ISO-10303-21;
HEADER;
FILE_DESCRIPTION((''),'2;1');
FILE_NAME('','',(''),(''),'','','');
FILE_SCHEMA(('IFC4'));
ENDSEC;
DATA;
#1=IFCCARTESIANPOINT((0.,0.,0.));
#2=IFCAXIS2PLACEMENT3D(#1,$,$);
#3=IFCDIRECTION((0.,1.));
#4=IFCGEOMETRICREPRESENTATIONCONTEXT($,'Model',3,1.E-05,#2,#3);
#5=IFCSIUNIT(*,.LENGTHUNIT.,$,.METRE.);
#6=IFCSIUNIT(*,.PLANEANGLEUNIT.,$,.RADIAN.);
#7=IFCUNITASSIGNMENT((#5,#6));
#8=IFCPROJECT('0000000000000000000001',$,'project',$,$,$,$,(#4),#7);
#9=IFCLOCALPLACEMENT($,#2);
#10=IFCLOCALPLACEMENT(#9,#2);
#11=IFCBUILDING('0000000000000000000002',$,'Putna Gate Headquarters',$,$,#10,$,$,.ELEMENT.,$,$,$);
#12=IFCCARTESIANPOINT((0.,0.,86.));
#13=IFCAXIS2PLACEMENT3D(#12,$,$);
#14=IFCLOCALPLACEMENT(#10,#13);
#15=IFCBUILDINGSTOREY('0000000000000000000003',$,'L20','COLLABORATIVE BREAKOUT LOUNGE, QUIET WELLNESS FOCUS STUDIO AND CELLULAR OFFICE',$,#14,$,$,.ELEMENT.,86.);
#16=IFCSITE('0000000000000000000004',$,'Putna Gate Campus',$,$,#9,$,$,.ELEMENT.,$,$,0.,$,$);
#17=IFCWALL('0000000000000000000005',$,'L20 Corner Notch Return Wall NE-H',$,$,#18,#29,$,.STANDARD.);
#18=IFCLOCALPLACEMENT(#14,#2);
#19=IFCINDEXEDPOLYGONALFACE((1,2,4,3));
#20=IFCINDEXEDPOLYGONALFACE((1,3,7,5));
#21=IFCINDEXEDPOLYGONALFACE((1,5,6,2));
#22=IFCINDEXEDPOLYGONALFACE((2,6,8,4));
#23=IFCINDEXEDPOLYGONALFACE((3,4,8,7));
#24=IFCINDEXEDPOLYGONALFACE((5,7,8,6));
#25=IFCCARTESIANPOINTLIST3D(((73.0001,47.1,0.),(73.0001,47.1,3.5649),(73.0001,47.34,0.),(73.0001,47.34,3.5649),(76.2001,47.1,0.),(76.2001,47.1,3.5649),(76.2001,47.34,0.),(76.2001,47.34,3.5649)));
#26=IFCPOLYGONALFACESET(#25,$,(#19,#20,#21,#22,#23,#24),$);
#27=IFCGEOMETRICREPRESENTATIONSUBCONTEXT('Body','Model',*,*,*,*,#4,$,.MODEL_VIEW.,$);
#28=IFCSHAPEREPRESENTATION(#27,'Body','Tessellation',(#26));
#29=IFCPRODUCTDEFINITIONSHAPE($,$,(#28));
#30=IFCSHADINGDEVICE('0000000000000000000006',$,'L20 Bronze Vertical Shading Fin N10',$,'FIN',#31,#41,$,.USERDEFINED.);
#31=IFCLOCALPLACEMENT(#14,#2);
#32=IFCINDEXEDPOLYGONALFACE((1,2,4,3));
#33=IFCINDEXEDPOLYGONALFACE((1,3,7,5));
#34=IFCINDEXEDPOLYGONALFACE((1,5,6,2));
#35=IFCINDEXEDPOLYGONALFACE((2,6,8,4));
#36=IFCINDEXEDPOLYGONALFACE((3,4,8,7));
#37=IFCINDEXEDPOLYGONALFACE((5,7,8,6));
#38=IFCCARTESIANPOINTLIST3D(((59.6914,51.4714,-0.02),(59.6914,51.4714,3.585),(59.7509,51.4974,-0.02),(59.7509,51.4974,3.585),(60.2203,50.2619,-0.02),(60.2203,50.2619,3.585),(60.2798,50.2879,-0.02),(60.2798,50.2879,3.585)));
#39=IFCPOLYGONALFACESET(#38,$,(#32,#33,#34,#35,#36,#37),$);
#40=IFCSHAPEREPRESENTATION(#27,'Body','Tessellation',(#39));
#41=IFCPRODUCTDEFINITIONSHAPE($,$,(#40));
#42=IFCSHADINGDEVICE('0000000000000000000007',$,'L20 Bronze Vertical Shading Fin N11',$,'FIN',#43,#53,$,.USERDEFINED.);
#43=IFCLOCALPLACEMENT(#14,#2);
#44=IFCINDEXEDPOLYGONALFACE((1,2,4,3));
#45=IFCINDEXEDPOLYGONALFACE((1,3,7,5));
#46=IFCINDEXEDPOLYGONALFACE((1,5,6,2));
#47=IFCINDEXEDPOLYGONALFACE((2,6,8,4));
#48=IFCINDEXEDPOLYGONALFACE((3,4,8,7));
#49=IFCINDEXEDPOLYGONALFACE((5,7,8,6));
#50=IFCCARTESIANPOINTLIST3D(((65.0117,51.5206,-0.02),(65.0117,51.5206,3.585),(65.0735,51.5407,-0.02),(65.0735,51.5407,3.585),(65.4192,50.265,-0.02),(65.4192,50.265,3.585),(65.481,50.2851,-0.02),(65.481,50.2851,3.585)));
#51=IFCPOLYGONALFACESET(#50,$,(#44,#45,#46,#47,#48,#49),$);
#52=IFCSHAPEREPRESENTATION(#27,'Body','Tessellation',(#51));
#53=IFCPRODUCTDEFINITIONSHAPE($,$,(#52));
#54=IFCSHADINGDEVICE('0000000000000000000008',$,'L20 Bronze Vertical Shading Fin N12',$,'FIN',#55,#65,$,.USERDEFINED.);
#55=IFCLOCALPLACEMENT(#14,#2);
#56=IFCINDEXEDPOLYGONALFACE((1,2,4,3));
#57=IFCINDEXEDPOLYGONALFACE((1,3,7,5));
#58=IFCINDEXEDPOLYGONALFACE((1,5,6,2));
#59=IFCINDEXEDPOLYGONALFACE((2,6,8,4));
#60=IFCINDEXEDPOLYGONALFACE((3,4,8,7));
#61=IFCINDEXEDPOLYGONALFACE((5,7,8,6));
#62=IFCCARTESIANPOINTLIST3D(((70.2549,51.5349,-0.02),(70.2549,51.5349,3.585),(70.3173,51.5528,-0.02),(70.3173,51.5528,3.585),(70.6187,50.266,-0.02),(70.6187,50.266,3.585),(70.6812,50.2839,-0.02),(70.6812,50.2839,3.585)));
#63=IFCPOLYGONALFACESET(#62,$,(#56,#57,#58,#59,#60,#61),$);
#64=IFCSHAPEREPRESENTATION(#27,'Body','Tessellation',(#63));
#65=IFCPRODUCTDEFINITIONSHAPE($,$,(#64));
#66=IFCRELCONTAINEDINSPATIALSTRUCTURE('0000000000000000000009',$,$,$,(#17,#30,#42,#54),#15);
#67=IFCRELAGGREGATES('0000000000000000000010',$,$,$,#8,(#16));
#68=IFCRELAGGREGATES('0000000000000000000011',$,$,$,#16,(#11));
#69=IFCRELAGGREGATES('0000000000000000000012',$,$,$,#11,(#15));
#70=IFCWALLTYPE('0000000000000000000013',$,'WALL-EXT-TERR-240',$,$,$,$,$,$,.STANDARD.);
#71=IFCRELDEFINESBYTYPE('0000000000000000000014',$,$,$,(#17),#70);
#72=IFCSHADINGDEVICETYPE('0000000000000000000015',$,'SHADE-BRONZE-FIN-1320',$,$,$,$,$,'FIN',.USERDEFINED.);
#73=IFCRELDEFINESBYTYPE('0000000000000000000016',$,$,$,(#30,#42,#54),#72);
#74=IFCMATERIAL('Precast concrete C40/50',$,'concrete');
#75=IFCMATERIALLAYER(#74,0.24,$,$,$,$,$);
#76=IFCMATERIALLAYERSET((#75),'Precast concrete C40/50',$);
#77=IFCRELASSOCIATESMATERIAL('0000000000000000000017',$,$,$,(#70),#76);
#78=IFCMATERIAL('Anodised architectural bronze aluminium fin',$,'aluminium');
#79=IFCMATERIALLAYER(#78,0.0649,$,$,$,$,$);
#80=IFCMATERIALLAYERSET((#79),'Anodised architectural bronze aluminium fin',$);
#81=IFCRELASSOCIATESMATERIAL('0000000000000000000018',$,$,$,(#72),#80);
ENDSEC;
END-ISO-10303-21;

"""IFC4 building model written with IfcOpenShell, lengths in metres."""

from ifc_helpers import new_model, si_unit, direction, frame, frame_2d, origin, origin_2d, place, context, subcontext, project, spatial, rectangle, extrude, material, layer, layer_set, type_object, element, save


model = new_model("IFC4")

# Units and contexts
model_context = context("Model", 3, precision=1e-05, world=origin(), true_north=direction((0.0, 1.0)))
body_context = subcontext(model_context, "Body", "Model", "MODEL_VIEW")
ifc_project = project(units=[si_unit("LENGTHUNIT", "METRE"), si_unit("PLANEANGLEUNIT", "RADIAN")], contexts=[model_context])

# Site, building, storey
site_placement = place(None, origin())
site = spatial("IfcSite", under=ifc_project, at=site_placement, Name="Putna Gate Campus", CompositionType="ELEMENT", RefElevation=0.0)
building_placement = place(site_placement, origin())
building = spatial("IfcBuilding", under=site, at=building_placement, Name="Putna Gate Headquarters", CompositionType="ELEMENT")
storey_placement = place(building_placement, frame((0.0, 0.0, 86.0)))
storey = spatial("IfcBuildingStorey", under=building, at=storey_placement, Name="L20", Description="COLLABORATIVE BREAKOUT LOUNGE, QUIET WELLNESS FOCUS STUDIO AND CELLULAR OFFICE", CompositionType="ELEMENT", Elevation=86.0)

# Wall
ifc_material_1 = material(Name="Precast concrete C40/50", Category="concrete")
ifc_layer_1 = layer(ifc_material_1, 0.24)
ifc_layer_set_1 = layer_set([ifc_layer_1], Name="Precast concrete C40/50")
wall_type = type_object("IfcWallType", Name="WALL-EXT-TERR-240", PredefinedType="STANDARD", material=ifc_layer_set_1)
for number, where, z_axis, x_axis, name in (
    (1, (73.0, 47.22, 0.0), (0.0, 0.0, 1.0), (1.0, 0.0, 0.0), "L20 Corner Notch Return Wall NE-H"),
):
    element("IfcWall", number, at=place(storey_placement, frame(where, z_axis=z_axis, x_axis=x_axis)), inside=storey, type_object=wall_type, Name=name, PredefinedType="STANDARD", context=body_context, shape_type="SweptSolid", body=[
        extrude(rectangle(XDim=3.2, YDim=0.24, at=frame_2d((1.6001, 0.0))), origin(), (0.0, 0.0, 1.0), 3.5649),
    ])

# Shading devices
ifc_material_2 = material(Name="Anodised architectural bronze aluminium fin", Category="aluminium")
ifc_layer_2 = layer(ifc_material_2, 0.0649)
ifc_layer_set_2 = layer_set([ifc_layer_2], Name="Anodised architectural bronze aluminium fin")
shading_device_type = type_object("IfcShadingDeviceType", Name="SHADE-BRONZE-FIN-1320", ElementType="FIN", PredefinedType="USERDEFINED", material=ifc_layer_set_2)
for number, where, z_axis, x_axis, name in (
    (2, (59.9856, 50.8796, -0.02), (0.0, 0.0, 1.0), (-0.400669, 0.916223, 0.0), "L20 Bronze Vertical Shading Fin N10"),
    (3, (65.2463, 50.9028, -0.02), (0.0, 0.0, 1.0), (-0.308685, 0.951164, 0.0), "L20 Bronze Vertical Shading Fin N11"),
    (4, (70.468, 50.9094, -0.02), (0.0, 0.0, 1.0), (-0.275637, 0.961262, 0.0), "L20 Bronze Vertical Shading Fin N12"),
):
    element("IfcShadingDevice", number, at=place(storey_placement, frame(where, z_axis=z_axis, x_axis=x_axis)), inside=storey, type_object=shading_device_type, Name=name, ObjectType="FIN", PredefinedType="USERDEFINED", context=body_context, shape_type="SweptSolid", body=[
        extrude(rectangle(XDim=1.3201, YDim=0.0649, at=origin_2d()), origin(), (0.0, 0.0, 1.0), 3.605),
    ])

save(model, "model.ifc")
